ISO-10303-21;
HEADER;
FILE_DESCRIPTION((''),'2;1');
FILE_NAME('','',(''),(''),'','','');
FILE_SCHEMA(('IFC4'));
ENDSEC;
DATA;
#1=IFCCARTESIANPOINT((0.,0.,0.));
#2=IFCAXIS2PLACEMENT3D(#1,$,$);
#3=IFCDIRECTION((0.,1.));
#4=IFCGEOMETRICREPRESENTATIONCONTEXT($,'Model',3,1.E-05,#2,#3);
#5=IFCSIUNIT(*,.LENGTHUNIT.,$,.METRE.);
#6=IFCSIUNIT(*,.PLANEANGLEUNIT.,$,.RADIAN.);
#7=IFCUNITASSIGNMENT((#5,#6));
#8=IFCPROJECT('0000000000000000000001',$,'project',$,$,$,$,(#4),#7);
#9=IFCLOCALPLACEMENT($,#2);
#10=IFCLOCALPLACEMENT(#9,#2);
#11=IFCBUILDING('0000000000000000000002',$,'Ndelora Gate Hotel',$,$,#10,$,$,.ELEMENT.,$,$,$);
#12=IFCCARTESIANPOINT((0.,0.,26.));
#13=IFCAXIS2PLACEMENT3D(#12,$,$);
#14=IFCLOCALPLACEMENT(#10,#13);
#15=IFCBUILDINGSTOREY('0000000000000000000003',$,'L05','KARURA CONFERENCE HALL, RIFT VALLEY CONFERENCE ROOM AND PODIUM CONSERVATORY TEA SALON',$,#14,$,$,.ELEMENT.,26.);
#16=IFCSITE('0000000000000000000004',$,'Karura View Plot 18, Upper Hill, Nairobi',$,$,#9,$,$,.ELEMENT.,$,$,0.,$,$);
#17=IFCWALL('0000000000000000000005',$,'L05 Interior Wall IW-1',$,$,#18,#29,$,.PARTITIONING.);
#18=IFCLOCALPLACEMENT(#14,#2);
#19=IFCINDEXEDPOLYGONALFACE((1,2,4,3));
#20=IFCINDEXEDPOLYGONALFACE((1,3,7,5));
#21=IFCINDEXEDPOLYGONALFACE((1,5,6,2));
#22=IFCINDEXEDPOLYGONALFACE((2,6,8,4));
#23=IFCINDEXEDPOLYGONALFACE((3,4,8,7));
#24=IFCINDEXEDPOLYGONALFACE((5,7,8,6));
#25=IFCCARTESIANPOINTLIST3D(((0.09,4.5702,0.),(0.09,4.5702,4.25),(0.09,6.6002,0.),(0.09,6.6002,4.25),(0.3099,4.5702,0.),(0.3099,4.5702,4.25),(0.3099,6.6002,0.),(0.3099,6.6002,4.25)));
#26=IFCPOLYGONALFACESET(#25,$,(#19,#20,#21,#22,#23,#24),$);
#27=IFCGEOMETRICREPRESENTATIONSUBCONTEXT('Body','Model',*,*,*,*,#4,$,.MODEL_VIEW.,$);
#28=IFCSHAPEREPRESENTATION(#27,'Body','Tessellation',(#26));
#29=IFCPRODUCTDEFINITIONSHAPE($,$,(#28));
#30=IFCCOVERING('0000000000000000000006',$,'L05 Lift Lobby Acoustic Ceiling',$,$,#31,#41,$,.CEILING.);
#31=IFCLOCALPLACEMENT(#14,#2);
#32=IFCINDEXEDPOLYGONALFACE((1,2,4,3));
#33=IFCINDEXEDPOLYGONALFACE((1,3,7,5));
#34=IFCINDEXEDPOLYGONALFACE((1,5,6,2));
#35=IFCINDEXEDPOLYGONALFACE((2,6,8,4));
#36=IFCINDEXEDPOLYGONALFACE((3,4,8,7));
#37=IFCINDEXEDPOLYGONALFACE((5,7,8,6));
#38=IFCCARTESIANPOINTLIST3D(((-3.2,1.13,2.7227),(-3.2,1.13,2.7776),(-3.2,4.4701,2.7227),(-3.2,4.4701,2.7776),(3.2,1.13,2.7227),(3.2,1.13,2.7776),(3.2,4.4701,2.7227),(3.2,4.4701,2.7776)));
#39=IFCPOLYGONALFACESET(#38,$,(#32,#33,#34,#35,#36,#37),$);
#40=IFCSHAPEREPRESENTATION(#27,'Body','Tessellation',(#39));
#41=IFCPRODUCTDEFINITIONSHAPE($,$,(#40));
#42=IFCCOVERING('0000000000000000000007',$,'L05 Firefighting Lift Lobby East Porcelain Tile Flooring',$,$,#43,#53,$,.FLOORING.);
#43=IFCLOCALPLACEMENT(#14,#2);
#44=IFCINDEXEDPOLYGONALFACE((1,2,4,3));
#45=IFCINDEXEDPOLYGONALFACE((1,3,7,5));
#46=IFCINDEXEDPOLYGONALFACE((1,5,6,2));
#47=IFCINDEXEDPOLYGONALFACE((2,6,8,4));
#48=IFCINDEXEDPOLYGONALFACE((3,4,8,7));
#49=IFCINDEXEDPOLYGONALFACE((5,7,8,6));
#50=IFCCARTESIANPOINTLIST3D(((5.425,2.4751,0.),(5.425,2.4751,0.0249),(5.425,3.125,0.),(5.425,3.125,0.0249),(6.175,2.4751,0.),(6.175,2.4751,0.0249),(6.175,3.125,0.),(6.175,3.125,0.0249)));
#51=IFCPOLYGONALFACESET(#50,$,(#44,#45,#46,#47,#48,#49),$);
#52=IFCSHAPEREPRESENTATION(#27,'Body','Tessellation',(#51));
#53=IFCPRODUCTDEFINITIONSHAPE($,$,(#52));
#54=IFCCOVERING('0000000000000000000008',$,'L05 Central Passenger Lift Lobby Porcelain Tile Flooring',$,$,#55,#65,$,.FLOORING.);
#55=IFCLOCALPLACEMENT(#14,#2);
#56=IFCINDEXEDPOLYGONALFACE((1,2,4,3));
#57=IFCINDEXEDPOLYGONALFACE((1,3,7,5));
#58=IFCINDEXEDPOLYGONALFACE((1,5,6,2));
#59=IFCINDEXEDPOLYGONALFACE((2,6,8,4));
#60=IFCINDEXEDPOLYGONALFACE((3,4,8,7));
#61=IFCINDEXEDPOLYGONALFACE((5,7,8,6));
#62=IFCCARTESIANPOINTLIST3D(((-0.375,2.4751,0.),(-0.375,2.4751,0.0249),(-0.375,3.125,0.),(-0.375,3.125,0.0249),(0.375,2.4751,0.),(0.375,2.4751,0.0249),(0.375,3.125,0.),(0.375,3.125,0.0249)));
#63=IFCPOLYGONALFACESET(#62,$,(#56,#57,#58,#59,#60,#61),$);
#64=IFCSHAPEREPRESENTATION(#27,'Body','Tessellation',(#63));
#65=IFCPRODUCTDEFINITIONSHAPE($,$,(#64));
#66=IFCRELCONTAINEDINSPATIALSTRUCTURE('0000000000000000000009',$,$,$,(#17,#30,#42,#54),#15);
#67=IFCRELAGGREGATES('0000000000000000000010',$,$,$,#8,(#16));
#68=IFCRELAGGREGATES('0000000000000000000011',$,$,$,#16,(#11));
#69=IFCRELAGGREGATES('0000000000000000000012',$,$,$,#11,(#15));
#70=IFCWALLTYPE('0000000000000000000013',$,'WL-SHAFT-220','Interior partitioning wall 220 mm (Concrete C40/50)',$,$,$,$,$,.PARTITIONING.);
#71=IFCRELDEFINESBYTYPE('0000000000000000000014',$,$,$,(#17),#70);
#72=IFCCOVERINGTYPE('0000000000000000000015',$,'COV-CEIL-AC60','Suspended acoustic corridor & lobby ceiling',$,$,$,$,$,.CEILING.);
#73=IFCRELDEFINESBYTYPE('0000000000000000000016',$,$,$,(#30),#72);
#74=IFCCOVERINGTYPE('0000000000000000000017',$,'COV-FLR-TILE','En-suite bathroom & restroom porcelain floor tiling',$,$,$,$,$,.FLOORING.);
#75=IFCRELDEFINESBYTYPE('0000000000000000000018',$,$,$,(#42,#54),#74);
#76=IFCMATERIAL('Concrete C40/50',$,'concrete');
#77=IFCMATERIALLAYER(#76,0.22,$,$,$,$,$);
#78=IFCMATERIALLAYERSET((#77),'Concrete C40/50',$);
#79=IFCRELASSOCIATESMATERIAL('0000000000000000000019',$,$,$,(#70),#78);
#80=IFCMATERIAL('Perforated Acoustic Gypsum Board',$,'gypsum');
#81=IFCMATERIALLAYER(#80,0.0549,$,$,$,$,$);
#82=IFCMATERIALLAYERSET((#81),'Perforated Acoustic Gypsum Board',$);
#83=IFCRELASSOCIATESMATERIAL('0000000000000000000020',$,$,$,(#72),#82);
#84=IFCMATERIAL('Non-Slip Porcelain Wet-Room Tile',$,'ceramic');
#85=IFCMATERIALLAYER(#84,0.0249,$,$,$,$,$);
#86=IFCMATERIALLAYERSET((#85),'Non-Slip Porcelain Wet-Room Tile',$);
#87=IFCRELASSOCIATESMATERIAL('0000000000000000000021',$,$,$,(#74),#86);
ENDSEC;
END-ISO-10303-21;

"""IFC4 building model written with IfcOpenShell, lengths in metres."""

from ifc_helpers import new_model, si_unit, direction, frame, frame_2d, origin, origin_2d, place, context, subcontext, project, spatial, rectangle, extrude, material, layer, layer_set, type_object, element, save


model = new_model("IFC4")

# Units and contexts
model_context = context("Model", 3, precision=1e-05, world=origin(), true_north=direction((0.0, 1.0)))
body_context = subcontext(model_context, "Body", "Model", "MODEL_VIEW")
ifc_project = project(units=[si_unit("LENGTHUNIT", "METRE"), si_unit("PLANEANGLEUNIT", "RADIAN")], contexts=[model_context])

# Site, building, storey
site_placement = place(None, origin())
site = spatial("IfcSite", under=ifc_project, at=site_placement, Name="Karura View Plot 18, Upper Hill, Nairobi", CompositionType="ELEMENT", RefElevation=0.0)
building_placement = place(site_placement, origin())
building = spatial("IfcBuilding", under=site, at=building_placement, Name="Ndelora Gate Hotel", CompositionType="ELEMENT")
storey_placement = place(building_placement, frame((0.0, 0.0, 26.0)))
storey = spatial("IfcBuildingStorey", under=building, at=storey_placement, Name="L05", Description="KARURA CONFERENCE HALL, RIFT VALLEY CONFERENCE ROOM AND PODIUM CONSERVATORY TEA SALON", CompositionType="ELEMENT", Elevation=26.0)

# Shared definitions
ifc_material_1 = material(Name="Concrete C40/50", Category="concrete")
ifc_layer_1 = layer(ifc_material_1, 0.22)
ifc_layer_set_1 = layer_set([ifc_layer_1], Name="Concrete C40/50")
wall_type = type_object("IfcWallType", Name="WL-SHAFT-220", Description="Interior partitioning wall 220 mm (Concrete C40/50)", PredefinedType="PARTITIONING", material=ifc_layer_set_1)

# Wall
wall_1_placement = place(storey_placement, frame((0.2, 4.5701, 0.0), z_axis=(0.0, 0.0, 1.0), x_axis=(0.0, 1.0, 0.0)))
element("IfcWall", 1, at=wall_1_placement, inside=storey, type_object=wall_type, Name="L05 Interior Wall IW-1", PredefinedType="PARTITIONING", context=body_context, shape_type="SweptSolid", body=[
    extrude(rectangle(XDim=2.03, YDim=0.22, at=frame_2d((1.0151, 0.0))), origin(), (0.0, 0.0, 1.0), 4.25),
])

# Coverings
ifc_material_2 = material(Name="Perforated Acoustic Gypsum Board", Category="gypsum")
ifc_layer_2 = layer(ifc_material_2, 0.0549)
ifc_layer_set_2 = layer_set([ifc_layer_2], Name="Perforated Acoustic Gypsum Board")
covering_type_1 = type_object("IfcCoveringType", Name="COV-CEIL-AC60", Description="Suspended acoustic corridor & lobby ceiling", PredefinedType="CEILING", material=ifc_layer_set_2)
covering_placement = place(storey_placement, frame((0.0, 2.8, 2.7227), z_axis=(0.0, 0.0, 1.0), x_axis=(1.0, 0.0, 0.0)))
element("IfcCovering", 2, at=covering_placement, inside=storey, type_object=covering_type_1, Name="L05 Lift Lobby Acoustic Ceiling", PredefinedType="CEILING", context=body_context, shape_type="SweptSolid", body=[
    extrude(rectangle(XDim=6.3999, YDim=3.3401, at=origin_2d()), origin(), (0.0, 0.0, 1.0), 0.0549),
])
ifc_material_3 = material(Name="Non-Slip Porcelain Wet-Room Tile", Category="ceramic")
ifc_layer_3 = layer(ifc_material_3, 0.0249)
ifc_layer_set_3 = layer_set([ifc_layer_3], Name="Non-Slip Porcelain Wet-Room Tile")
covering_type_2 = type_object("IfcCoveringType", Name="COV-FLR-TILE", Description="En-suite bathroom & restroom porcelain floor tiling", PredefinedType="FLOORING", material=ifc_layer_set_3)
for number, where, z_axis, x_axis, name in (
    (3, (5.8, 2.8, 0.0), (0.0, 0.0, 1.0), (1.0, 0.0, 0.0), "L05 Firefighting Lift Lobby East Porcelain Tile Flooring"),
    (4, (0.0, 2.8, 0.0), (0.0, 0.0, 1.0), (1.0, 0.0, 0.0), "L05 Central Passenger Lift Lobby Porcelain Tile Flooring"),
):
    element("IfcCovering", number, at=place(storey_placement, frame(where, z_axis=z_axis, x_axis=x_axis)), inside=storey, type_object=covering_type_2, Name=name, PredefinedType="FLOORING", context=body_context, shape_type="SweptSolid", body=[
        extrude(rectangle(XDim=0.75, YDim=0.6499, at=origin_2d()), origin(), (0.0, 0.0, 1.0), 0.0249),
    ])

save(model, "model.ifc")
